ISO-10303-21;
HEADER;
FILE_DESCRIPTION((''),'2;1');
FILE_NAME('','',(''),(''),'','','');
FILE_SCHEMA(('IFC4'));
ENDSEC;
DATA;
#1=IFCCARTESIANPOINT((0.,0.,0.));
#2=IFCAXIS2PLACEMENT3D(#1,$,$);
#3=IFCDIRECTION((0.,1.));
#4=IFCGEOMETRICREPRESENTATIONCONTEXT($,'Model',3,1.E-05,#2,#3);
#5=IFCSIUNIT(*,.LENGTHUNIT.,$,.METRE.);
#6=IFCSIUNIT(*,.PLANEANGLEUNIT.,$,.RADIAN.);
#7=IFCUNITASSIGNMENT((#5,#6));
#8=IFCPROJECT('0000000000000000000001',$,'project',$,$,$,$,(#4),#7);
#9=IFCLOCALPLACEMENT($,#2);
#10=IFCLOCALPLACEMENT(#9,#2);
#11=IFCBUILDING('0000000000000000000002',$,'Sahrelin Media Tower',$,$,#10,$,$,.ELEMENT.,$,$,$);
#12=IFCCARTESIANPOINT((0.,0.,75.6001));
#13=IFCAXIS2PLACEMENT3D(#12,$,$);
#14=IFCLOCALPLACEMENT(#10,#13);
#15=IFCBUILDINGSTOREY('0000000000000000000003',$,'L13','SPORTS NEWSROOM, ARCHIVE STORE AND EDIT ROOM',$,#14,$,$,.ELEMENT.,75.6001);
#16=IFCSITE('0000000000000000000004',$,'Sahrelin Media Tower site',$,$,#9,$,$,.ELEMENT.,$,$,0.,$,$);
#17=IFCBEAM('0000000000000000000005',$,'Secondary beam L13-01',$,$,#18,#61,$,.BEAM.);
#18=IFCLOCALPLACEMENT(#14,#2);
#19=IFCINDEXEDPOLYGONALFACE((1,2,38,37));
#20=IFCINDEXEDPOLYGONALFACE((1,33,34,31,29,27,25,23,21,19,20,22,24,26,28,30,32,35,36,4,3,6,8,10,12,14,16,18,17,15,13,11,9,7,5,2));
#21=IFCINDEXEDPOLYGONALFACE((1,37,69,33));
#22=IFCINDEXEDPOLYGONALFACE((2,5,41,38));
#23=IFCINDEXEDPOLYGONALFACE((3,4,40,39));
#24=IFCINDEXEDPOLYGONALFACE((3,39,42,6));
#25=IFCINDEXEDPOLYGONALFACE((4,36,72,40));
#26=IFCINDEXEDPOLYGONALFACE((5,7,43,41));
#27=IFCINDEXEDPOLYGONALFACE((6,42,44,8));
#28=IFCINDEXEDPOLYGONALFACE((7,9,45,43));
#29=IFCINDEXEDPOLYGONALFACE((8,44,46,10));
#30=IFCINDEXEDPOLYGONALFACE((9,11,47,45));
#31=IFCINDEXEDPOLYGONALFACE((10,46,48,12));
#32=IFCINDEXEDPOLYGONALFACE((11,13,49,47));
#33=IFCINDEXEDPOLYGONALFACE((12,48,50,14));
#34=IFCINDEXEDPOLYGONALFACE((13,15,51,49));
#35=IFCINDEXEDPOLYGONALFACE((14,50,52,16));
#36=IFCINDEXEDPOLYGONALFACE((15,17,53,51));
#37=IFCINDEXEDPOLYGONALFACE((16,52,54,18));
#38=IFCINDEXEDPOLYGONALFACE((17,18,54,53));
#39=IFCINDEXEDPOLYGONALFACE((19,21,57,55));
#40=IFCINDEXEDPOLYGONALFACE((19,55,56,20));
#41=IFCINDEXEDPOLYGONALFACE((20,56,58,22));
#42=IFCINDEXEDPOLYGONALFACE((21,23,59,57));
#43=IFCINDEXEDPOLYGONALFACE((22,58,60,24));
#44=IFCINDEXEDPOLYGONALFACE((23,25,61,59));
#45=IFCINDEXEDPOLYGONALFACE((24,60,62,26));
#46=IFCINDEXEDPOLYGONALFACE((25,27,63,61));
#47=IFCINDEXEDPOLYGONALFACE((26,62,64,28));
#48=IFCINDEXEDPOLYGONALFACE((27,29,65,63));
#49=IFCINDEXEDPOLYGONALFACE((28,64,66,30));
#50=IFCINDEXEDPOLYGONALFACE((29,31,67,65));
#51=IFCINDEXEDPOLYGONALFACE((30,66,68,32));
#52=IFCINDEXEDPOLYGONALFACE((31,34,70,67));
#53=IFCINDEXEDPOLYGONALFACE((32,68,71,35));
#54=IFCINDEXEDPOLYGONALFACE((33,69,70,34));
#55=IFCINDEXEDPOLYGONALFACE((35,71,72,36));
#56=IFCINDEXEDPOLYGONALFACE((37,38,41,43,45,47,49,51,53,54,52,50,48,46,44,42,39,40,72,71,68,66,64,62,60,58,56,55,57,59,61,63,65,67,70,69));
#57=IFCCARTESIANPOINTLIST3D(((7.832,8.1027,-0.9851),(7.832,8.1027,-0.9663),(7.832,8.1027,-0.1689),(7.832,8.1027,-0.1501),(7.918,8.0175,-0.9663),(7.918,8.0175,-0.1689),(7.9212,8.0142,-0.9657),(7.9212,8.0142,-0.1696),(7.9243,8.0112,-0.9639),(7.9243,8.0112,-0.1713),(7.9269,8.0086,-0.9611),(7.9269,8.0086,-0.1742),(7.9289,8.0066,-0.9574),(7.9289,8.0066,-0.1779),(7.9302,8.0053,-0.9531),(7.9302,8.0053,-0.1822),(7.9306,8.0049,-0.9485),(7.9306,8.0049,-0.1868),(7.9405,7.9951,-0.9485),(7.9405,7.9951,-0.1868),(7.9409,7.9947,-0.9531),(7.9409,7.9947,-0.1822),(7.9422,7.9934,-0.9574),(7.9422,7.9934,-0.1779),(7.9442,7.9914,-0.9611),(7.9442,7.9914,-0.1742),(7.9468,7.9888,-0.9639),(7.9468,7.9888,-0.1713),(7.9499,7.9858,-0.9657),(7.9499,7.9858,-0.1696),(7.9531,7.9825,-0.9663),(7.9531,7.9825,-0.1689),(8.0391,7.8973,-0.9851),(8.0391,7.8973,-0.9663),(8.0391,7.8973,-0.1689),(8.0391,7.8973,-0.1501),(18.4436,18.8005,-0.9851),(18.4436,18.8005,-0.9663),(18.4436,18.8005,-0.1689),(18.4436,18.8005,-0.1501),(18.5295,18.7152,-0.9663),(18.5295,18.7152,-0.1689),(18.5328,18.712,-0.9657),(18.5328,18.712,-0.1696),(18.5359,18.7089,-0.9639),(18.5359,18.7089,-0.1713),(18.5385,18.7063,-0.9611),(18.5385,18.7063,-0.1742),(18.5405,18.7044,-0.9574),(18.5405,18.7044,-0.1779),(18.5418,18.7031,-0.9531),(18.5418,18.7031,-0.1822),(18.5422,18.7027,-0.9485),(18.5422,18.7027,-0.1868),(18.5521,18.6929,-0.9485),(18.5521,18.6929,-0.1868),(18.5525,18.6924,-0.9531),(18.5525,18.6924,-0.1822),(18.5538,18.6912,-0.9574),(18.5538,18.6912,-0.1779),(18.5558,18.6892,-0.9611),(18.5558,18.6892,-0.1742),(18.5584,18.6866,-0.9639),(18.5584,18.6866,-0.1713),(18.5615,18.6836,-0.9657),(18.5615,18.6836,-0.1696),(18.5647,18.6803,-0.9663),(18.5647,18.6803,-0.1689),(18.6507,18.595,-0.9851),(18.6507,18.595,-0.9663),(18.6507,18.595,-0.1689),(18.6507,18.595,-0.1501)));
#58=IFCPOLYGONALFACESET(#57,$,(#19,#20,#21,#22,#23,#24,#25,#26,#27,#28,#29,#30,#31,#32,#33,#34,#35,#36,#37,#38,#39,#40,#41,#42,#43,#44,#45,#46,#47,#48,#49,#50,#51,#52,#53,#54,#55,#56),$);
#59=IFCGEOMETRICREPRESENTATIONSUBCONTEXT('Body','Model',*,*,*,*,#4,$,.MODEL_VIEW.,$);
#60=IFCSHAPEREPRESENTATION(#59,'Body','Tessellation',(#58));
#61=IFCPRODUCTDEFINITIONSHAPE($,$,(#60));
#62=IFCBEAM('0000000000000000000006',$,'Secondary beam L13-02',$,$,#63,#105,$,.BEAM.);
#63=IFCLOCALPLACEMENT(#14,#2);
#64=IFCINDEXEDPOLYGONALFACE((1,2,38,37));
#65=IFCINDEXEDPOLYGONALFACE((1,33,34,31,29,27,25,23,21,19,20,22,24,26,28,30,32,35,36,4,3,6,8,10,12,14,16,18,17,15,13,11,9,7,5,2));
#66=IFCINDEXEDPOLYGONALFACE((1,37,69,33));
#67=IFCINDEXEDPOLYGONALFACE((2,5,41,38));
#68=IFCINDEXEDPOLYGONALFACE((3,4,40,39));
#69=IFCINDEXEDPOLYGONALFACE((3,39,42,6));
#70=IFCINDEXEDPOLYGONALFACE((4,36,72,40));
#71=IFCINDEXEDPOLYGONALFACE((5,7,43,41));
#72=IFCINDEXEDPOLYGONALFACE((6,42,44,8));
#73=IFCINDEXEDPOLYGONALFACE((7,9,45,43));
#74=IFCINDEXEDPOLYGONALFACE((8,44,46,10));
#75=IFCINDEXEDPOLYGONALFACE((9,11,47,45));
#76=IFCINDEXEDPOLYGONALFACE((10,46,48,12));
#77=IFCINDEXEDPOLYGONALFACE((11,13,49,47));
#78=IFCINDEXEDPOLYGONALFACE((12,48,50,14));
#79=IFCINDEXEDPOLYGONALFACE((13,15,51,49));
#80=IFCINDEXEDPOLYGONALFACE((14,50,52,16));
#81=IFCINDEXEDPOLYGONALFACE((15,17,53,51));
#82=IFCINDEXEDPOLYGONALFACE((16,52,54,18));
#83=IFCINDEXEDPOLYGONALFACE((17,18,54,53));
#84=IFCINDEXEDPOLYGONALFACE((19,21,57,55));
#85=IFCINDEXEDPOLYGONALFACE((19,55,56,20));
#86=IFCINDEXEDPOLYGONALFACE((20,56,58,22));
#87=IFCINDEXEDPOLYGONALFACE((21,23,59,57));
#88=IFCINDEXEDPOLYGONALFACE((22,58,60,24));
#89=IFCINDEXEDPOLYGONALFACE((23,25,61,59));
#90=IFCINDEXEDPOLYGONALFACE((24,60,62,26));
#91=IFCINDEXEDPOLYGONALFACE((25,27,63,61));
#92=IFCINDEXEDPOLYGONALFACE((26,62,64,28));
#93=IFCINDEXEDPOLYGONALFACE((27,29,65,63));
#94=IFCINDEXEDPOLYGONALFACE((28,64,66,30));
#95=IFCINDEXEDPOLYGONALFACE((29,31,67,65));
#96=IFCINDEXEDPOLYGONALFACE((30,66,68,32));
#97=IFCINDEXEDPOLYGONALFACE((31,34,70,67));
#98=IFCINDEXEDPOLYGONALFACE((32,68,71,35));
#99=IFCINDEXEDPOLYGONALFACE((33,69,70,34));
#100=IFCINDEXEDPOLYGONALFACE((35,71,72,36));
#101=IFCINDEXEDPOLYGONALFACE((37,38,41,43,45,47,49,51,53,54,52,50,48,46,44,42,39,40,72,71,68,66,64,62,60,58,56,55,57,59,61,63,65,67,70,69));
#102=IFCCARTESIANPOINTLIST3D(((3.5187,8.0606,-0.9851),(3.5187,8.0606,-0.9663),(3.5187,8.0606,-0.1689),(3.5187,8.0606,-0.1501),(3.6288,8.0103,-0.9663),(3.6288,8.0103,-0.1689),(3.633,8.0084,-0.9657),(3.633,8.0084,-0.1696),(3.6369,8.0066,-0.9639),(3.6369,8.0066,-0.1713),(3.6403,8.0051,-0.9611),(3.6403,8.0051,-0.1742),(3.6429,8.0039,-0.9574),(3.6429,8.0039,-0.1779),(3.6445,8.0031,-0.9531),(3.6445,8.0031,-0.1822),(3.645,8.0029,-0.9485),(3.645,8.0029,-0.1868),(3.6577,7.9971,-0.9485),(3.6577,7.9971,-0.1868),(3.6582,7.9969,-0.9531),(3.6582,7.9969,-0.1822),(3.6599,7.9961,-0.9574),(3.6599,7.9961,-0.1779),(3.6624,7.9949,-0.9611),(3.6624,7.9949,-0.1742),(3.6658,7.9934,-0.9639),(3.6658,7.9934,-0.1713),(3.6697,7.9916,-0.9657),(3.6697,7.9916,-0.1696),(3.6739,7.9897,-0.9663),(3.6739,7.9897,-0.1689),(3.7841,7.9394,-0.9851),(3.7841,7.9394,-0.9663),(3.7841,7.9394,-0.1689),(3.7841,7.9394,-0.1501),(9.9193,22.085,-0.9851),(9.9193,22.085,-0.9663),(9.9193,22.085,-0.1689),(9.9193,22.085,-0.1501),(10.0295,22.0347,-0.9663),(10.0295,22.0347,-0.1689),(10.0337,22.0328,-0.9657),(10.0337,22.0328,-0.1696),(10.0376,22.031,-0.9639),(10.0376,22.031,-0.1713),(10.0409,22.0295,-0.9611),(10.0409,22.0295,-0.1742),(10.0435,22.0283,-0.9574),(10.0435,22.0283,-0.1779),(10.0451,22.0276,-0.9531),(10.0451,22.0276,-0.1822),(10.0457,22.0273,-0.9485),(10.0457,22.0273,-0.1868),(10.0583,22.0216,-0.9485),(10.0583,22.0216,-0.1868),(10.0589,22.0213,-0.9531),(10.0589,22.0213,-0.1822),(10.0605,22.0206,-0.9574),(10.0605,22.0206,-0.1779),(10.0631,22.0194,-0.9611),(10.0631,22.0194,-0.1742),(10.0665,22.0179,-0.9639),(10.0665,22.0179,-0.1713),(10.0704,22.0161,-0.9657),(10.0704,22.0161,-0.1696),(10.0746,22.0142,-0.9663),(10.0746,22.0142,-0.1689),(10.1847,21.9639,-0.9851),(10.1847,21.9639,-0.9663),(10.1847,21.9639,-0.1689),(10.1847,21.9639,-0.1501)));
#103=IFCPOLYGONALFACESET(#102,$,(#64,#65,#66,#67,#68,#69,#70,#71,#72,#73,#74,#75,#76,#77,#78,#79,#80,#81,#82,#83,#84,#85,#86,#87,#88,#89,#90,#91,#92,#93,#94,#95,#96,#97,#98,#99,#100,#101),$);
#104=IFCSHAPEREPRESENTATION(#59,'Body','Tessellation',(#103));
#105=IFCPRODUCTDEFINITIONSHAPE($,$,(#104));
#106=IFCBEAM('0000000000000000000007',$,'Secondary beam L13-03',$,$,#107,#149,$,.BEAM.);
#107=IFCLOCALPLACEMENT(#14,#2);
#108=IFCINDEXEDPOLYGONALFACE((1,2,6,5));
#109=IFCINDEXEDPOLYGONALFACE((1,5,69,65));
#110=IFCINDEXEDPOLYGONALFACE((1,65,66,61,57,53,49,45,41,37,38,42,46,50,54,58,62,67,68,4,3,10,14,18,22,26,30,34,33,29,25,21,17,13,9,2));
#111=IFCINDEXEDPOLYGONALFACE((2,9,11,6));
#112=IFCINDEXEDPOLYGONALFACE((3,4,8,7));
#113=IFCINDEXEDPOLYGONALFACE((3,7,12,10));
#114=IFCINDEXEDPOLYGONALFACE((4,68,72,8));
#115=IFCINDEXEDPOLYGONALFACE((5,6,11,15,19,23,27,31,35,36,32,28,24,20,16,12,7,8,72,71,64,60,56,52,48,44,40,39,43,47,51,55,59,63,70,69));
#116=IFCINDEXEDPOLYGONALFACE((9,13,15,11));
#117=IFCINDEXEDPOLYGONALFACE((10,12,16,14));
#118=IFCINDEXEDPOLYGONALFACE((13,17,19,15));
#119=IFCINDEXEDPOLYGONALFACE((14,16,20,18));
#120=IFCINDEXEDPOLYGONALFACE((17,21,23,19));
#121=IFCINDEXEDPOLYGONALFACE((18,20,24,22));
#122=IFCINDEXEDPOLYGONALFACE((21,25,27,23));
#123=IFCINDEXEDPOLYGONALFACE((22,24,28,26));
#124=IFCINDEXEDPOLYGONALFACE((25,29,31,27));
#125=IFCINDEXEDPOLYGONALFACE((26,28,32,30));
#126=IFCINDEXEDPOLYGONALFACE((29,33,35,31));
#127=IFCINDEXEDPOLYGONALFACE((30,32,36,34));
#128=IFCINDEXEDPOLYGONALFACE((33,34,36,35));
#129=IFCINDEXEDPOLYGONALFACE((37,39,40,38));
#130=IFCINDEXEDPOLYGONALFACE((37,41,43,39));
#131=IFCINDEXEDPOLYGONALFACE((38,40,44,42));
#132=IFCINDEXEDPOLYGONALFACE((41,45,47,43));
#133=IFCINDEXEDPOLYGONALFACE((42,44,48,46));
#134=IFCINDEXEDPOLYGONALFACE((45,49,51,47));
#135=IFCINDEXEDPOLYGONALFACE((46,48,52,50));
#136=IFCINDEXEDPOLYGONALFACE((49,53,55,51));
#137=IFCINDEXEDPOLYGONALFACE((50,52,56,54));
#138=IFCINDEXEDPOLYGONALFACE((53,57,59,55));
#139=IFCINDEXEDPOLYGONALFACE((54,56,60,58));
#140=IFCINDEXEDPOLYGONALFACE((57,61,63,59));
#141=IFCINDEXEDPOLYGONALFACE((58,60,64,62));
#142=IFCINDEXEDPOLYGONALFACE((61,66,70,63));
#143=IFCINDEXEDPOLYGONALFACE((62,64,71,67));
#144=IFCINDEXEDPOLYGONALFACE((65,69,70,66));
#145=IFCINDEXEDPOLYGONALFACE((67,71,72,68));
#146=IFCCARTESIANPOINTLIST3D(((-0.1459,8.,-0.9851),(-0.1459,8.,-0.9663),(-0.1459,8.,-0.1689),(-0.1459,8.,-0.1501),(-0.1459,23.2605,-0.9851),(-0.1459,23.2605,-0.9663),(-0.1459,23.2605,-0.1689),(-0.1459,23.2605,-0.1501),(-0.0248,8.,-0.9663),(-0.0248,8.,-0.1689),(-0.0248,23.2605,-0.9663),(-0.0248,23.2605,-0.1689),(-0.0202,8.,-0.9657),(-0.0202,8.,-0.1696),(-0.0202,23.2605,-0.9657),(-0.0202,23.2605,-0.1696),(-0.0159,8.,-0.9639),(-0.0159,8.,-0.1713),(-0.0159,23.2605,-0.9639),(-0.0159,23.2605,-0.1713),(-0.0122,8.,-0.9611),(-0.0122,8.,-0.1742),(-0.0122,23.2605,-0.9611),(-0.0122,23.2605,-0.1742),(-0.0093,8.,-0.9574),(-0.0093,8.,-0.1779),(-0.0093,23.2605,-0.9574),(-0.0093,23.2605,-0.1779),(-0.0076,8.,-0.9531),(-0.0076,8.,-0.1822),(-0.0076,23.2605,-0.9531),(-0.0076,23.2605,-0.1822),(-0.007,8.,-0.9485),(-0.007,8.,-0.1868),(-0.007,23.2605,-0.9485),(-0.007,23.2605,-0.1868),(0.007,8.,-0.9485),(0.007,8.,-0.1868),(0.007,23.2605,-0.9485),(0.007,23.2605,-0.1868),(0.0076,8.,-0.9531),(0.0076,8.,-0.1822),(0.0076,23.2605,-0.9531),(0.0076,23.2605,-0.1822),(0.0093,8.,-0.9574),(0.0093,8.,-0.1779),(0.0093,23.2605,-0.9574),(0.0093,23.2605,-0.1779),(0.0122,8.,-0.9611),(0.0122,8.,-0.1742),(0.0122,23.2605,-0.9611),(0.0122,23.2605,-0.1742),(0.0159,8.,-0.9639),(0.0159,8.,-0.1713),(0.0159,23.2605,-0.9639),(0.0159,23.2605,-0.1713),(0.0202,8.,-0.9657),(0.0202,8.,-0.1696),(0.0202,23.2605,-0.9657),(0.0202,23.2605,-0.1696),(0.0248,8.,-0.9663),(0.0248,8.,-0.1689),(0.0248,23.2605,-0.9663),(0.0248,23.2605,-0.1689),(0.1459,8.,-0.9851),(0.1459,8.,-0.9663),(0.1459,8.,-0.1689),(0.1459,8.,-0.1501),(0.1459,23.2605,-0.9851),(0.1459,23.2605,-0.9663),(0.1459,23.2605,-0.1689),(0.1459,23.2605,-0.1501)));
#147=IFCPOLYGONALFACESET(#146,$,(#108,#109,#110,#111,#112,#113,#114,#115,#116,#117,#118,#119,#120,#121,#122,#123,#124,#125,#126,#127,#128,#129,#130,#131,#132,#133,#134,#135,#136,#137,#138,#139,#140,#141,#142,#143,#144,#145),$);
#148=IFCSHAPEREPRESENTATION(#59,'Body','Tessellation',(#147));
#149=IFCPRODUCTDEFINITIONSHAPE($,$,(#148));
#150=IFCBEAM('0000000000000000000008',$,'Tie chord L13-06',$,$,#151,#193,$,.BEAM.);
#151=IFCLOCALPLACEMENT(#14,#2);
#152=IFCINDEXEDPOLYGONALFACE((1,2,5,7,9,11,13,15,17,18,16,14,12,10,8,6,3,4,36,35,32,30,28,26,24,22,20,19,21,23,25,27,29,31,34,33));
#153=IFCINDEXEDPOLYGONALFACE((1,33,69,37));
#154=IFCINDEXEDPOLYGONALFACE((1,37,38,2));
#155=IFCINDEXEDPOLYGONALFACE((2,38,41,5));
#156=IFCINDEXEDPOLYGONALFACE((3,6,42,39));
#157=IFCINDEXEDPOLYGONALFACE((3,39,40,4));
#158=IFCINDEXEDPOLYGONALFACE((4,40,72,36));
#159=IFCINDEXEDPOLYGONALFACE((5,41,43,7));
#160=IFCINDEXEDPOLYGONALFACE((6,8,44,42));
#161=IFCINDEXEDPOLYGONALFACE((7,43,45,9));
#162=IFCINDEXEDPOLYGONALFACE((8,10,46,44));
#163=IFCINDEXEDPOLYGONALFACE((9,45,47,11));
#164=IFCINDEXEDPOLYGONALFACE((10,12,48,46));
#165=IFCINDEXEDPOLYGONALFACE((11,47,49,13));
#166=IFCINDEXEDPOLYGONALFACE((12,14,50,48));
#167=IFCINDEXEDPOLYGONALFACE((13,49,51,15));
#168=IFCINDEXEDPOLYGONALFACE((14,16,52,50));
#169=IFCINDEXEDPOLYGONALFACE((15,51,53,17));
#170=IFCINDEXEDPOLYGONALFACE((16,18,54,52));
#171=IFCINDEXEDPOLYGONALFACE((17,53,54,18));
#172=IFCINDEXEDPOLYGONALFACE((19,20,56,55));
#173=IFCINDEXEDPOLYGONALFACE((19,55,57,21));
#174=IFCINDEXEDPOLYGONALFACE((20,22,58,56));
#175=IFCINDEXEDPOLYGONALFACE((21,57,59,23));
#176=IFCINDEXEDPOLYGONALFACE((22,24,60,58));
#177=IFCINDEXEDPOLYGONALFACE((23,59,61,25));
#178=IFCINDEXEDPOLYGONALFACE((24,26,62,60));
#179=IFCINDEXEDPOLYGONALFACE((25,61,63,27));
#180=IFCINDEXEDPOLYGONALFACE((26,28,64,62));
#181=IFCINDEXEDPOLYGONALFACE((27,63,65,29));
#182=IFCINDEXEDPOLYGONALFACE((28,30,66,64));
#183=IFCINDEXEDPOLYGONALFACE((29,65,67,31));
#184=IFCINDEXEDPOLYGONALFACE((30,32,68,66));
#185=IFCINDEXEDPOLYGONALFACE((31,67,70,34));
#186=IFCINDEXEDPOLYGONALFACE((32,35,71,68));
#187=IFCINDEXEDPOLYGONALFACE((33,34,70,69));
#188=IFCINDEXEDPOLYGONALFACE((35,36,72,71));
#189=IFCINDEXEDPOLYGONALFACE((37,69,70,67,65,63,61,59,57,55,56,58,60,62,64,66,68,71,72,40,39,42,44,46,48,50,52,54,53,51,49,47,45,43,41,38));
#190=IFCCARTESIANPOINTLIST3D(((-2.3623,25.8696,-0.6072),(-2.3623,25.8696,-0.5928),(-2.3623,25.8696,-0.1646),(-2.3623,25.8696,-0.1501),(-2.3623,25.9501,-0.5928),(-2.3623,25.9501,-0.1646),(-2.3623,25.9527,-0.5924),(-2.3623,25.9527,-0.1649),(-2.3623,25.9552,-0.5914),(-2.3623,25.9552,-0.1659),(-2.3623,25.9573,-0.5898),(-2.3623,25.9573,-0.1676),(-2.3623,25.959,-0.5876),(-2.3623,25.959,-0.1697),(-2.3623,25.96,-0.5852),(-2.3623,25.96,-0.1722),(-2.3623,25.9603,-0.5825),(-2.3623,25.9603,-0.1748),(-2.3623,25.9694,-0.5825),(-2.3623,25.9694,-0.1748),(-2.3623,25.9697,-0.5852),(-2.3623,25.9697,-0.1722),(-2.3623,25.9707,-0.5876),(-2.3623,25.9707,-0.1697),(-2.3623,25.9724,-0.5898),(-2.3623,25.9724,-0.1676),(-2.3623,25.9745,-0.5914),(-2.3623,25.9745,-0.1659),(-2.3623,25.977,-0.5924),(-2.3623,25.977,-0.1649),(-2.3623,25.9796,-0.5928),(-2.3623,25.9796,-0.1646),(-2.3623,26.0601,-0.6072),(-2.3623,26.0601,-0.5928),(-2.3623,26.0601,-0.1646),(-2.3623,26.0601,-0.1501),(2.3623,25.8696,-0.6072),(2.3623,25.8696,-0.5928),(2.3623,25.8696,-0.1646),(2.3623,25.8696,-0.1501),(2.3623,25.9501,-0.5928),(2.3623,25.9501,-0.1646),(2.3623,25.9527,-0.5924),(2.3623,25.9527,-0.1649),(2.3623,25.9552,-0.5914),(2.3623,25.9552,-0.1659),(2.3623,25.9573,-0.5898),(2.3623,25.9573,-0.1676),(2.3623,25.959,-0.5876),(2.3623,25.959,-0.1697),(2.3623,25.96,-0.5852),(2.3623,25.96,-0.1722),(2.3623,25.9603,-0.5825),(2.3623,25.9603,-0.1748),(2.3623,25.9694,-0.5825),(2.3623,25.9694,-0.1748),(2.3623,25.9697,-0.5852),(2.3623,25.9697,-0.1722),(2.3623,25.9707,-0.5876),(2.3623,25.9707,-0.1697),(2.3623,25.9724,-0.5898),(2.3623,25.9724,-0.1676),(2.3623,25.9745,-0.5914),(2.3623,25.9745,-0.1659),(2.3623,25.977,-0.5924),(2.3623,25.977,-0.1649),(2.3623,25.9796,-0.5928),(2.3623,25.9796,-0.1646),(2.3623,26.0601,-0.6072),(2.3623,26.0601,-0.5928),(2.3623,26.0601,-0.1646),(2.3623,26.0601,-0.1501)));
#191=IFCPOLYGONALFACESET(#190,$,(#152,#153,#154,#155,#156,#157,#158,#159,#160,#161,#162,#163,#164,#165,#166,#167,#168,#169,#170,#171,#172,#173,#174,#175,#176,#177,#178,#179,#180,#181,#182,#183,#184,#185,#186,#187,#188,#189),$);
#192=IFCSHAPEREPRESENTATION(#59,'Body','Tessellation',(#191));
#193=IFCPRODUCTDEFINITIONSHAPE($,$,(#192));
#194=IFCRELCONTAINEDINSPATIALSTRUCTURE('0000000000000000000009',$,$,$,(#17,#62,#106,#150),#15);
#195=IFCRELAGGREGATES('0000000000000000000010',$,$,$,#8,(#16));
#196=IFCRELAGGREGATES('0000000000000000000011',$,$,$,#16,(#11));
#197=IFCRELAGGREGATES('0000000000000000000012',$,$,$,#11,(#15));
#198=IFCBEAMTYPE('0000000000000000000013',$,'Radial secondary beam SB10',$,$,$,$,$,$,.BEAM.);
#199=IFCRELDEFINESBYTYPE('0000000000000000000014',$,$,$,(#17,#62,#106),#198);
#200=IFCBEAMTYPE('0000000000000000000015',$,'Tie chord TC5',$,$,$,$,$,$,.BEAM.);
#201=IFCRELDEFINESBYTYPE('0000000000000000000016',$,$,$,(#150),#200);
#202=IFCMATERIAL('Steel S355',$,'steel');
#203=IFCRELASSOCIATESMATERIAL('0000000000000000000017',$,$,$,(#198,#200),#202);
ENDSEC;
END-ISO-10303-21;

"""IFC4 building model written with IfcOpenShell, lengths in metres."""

from ifc_helpers import new_model, si_unit, direction, frame, origin, origin_2d, place, context, subcontext, project, spatial, i_section, extrude, material, material_profile, profile_set, type_object, element, save


model = new_model("IFC4")

# Units and contexts
model_context = context("Model", 3, precision=1e-05, world=origin(), true_north=direction((0.0, 1.0)))
body_context = subcontext(model_context, "Body", "Model", "MODEL_VIEW")
ifc_project = project(units=[si_unit("LENGTHUNIT", "METRE"), si_unit("PLANEANGLEUNIT", "RADIAN")], contexts=[model_context])

# Site, building, storey
site_placement = place(None, origin())
site = spatial("IfcSite", under=ifc_project, at=site_placement, Name="Sahrelin Media Tower site", CompositionType="ELEMENT", RefElevation=0.0)
building_placement = place(site_placement, origin())
building = spatial("IfcBuilding", under=site, at=building_placement, Name="Sahrelin Media Tower", CompositionType="ELEMENT")
storey_placement = place(building_placement, frame((0.0, 0.0, 75.6001)))
storey = spatial("IfcBuildingStorey", under=building, at=storey_placement, Name="L13", Description="SPORTS NEWSROOM, ARCHIVE STORE AND EDIT ROOM", CompositionType="ELEMENT", Elevation=75.6001)

# Shared definitions
ifc_material_1 = material(Name="Steel S355", Category="steel")

# Beams
ifc_material_profile_1 = material_profile(ifc_material_1, i_section(OverallWidth=0.2917, OverallDepth=0.835, WebThickness=0.0139, FlangeThickness=0.0188, FilletRadius=0.0178, at=origin_2d()), Name="UB 838x292x176")
ifc_profile_set_1 = profile_set([ifc_material_profile_1], Name="Steel S355")
beam_type_1 = type_object("IfcBeamType", Name="Radial secondary beam SB10", PredefinedType="BEAM", material=ifc_profile_set_1)
beam_1_placement = place(storey_placement, frame((7.9355, 8.0, -0.5676), z_axis=(0.704241, 0.709961, 0.0), x_axis=(-0.709961, 0.704241, 0.0)))
element("IfcBeam", 1, at=beam_1_placement, inside=storey, type_object=beam_type_1, Name="Secondary beam L13-01", PredefinedType="BEAM", context=body_context, shape_type="SweptSolid", body=[
    extrude(i_section(OverallWidth=0.2917, OverallDepth=0.835, WebThickness=0.0139, FlangeThickness=0.0188, FilletRadius=0.0178, at=origin_2d()), origin(), (0.0, 0.0, 1.0), 15.0681),
])
beam_2_placement = place(storey_placement, frame((3.6514, 8.0, -0.5676), z_axis=(0.415195, 0.909732, 0.0), x_axis=(-0.909732, 0.415195, 0.0)))
element("IfcBeam", 2, at=beam_2_placement, inside=storey, type_object=beam_type_1, Name="Secondary beam L13-02", PredefinedType="BEAM", context=body_context, shape_type="SweptSolid", body=[
    extrude(i_section(OverallWidth=0.2917, OverallDepth=0.835, WebThickness=0.0139, FlangeThickness=0.0188, FilletRadius=0.0178, at=origin_2d()), origin(), (0.0, 0.0, 1.0), 15.416),
])
beam_3_placement = place(storey_placement, frame((0.0, 8.0, -0.5676), z_axis=(0.0, 1.0, 0.0), x_axis=(-1.0, 0.0, 0.0)))
element("IfcBeam", 3, at=beam_3_placement, inside=storey, type_object=beam_type_1, Name="Secondary beam L13-03", PredefinedType="BEAM", context=body_context, shape_type="SweptSolid", body=[
    extrude(i_section(OverallWidth=0.2917, OverallDepth=0.835, WebThickness=0.0139, FlangeThickness=0.0188, FilletRadius=0.0178, at=origin_2d()), origin(), (0.0, 0.0, 1.0), 15.2605),
])
ifc_material_profile_2 = material_profile(ifc_material_1, i_section(OverallWidth=0.1904, OverallDepth=0.457, WebThickness=0.009, FlangeThickness=0.0144, FilletRadius=0.0103, at=origin_2d()), Name="UB 457x191x74")
ifc_profile_set_2 = profile_set([ifc_material_profile_2], Name="Steel S355")
beam_type_2 = type_object("IfcBeamType", Name="Tie chord TC5", PredefinedType="BEAM", material=ifc_profile_set_2)
beam_4_placement = place(storey_placement, frame((2.3623, 25.9648, -0.3787), z_axis=(-1.0, 0.0, 0.0), x_axis=(0.0, -1.0, 0.0)))
element("IfcBeam", 4, at=beam_4_placement, inside=storey, type_object=beam_type_2, Name="Tie chord L13-06", PredefinedType="BEAM", context=body_context, shape_type="SweptSolid", body=[
    extrude(i_section(OverallWidth=0.1904, OverallDepth=0.457, WebThickness=0.009, FlangeThickness=0.0144, FilletRadius=0.0103, at=origin_2d()), origin(), (0.0, 0.0, 1.0), 4.7246),
])

save(model, "model.ifc")
